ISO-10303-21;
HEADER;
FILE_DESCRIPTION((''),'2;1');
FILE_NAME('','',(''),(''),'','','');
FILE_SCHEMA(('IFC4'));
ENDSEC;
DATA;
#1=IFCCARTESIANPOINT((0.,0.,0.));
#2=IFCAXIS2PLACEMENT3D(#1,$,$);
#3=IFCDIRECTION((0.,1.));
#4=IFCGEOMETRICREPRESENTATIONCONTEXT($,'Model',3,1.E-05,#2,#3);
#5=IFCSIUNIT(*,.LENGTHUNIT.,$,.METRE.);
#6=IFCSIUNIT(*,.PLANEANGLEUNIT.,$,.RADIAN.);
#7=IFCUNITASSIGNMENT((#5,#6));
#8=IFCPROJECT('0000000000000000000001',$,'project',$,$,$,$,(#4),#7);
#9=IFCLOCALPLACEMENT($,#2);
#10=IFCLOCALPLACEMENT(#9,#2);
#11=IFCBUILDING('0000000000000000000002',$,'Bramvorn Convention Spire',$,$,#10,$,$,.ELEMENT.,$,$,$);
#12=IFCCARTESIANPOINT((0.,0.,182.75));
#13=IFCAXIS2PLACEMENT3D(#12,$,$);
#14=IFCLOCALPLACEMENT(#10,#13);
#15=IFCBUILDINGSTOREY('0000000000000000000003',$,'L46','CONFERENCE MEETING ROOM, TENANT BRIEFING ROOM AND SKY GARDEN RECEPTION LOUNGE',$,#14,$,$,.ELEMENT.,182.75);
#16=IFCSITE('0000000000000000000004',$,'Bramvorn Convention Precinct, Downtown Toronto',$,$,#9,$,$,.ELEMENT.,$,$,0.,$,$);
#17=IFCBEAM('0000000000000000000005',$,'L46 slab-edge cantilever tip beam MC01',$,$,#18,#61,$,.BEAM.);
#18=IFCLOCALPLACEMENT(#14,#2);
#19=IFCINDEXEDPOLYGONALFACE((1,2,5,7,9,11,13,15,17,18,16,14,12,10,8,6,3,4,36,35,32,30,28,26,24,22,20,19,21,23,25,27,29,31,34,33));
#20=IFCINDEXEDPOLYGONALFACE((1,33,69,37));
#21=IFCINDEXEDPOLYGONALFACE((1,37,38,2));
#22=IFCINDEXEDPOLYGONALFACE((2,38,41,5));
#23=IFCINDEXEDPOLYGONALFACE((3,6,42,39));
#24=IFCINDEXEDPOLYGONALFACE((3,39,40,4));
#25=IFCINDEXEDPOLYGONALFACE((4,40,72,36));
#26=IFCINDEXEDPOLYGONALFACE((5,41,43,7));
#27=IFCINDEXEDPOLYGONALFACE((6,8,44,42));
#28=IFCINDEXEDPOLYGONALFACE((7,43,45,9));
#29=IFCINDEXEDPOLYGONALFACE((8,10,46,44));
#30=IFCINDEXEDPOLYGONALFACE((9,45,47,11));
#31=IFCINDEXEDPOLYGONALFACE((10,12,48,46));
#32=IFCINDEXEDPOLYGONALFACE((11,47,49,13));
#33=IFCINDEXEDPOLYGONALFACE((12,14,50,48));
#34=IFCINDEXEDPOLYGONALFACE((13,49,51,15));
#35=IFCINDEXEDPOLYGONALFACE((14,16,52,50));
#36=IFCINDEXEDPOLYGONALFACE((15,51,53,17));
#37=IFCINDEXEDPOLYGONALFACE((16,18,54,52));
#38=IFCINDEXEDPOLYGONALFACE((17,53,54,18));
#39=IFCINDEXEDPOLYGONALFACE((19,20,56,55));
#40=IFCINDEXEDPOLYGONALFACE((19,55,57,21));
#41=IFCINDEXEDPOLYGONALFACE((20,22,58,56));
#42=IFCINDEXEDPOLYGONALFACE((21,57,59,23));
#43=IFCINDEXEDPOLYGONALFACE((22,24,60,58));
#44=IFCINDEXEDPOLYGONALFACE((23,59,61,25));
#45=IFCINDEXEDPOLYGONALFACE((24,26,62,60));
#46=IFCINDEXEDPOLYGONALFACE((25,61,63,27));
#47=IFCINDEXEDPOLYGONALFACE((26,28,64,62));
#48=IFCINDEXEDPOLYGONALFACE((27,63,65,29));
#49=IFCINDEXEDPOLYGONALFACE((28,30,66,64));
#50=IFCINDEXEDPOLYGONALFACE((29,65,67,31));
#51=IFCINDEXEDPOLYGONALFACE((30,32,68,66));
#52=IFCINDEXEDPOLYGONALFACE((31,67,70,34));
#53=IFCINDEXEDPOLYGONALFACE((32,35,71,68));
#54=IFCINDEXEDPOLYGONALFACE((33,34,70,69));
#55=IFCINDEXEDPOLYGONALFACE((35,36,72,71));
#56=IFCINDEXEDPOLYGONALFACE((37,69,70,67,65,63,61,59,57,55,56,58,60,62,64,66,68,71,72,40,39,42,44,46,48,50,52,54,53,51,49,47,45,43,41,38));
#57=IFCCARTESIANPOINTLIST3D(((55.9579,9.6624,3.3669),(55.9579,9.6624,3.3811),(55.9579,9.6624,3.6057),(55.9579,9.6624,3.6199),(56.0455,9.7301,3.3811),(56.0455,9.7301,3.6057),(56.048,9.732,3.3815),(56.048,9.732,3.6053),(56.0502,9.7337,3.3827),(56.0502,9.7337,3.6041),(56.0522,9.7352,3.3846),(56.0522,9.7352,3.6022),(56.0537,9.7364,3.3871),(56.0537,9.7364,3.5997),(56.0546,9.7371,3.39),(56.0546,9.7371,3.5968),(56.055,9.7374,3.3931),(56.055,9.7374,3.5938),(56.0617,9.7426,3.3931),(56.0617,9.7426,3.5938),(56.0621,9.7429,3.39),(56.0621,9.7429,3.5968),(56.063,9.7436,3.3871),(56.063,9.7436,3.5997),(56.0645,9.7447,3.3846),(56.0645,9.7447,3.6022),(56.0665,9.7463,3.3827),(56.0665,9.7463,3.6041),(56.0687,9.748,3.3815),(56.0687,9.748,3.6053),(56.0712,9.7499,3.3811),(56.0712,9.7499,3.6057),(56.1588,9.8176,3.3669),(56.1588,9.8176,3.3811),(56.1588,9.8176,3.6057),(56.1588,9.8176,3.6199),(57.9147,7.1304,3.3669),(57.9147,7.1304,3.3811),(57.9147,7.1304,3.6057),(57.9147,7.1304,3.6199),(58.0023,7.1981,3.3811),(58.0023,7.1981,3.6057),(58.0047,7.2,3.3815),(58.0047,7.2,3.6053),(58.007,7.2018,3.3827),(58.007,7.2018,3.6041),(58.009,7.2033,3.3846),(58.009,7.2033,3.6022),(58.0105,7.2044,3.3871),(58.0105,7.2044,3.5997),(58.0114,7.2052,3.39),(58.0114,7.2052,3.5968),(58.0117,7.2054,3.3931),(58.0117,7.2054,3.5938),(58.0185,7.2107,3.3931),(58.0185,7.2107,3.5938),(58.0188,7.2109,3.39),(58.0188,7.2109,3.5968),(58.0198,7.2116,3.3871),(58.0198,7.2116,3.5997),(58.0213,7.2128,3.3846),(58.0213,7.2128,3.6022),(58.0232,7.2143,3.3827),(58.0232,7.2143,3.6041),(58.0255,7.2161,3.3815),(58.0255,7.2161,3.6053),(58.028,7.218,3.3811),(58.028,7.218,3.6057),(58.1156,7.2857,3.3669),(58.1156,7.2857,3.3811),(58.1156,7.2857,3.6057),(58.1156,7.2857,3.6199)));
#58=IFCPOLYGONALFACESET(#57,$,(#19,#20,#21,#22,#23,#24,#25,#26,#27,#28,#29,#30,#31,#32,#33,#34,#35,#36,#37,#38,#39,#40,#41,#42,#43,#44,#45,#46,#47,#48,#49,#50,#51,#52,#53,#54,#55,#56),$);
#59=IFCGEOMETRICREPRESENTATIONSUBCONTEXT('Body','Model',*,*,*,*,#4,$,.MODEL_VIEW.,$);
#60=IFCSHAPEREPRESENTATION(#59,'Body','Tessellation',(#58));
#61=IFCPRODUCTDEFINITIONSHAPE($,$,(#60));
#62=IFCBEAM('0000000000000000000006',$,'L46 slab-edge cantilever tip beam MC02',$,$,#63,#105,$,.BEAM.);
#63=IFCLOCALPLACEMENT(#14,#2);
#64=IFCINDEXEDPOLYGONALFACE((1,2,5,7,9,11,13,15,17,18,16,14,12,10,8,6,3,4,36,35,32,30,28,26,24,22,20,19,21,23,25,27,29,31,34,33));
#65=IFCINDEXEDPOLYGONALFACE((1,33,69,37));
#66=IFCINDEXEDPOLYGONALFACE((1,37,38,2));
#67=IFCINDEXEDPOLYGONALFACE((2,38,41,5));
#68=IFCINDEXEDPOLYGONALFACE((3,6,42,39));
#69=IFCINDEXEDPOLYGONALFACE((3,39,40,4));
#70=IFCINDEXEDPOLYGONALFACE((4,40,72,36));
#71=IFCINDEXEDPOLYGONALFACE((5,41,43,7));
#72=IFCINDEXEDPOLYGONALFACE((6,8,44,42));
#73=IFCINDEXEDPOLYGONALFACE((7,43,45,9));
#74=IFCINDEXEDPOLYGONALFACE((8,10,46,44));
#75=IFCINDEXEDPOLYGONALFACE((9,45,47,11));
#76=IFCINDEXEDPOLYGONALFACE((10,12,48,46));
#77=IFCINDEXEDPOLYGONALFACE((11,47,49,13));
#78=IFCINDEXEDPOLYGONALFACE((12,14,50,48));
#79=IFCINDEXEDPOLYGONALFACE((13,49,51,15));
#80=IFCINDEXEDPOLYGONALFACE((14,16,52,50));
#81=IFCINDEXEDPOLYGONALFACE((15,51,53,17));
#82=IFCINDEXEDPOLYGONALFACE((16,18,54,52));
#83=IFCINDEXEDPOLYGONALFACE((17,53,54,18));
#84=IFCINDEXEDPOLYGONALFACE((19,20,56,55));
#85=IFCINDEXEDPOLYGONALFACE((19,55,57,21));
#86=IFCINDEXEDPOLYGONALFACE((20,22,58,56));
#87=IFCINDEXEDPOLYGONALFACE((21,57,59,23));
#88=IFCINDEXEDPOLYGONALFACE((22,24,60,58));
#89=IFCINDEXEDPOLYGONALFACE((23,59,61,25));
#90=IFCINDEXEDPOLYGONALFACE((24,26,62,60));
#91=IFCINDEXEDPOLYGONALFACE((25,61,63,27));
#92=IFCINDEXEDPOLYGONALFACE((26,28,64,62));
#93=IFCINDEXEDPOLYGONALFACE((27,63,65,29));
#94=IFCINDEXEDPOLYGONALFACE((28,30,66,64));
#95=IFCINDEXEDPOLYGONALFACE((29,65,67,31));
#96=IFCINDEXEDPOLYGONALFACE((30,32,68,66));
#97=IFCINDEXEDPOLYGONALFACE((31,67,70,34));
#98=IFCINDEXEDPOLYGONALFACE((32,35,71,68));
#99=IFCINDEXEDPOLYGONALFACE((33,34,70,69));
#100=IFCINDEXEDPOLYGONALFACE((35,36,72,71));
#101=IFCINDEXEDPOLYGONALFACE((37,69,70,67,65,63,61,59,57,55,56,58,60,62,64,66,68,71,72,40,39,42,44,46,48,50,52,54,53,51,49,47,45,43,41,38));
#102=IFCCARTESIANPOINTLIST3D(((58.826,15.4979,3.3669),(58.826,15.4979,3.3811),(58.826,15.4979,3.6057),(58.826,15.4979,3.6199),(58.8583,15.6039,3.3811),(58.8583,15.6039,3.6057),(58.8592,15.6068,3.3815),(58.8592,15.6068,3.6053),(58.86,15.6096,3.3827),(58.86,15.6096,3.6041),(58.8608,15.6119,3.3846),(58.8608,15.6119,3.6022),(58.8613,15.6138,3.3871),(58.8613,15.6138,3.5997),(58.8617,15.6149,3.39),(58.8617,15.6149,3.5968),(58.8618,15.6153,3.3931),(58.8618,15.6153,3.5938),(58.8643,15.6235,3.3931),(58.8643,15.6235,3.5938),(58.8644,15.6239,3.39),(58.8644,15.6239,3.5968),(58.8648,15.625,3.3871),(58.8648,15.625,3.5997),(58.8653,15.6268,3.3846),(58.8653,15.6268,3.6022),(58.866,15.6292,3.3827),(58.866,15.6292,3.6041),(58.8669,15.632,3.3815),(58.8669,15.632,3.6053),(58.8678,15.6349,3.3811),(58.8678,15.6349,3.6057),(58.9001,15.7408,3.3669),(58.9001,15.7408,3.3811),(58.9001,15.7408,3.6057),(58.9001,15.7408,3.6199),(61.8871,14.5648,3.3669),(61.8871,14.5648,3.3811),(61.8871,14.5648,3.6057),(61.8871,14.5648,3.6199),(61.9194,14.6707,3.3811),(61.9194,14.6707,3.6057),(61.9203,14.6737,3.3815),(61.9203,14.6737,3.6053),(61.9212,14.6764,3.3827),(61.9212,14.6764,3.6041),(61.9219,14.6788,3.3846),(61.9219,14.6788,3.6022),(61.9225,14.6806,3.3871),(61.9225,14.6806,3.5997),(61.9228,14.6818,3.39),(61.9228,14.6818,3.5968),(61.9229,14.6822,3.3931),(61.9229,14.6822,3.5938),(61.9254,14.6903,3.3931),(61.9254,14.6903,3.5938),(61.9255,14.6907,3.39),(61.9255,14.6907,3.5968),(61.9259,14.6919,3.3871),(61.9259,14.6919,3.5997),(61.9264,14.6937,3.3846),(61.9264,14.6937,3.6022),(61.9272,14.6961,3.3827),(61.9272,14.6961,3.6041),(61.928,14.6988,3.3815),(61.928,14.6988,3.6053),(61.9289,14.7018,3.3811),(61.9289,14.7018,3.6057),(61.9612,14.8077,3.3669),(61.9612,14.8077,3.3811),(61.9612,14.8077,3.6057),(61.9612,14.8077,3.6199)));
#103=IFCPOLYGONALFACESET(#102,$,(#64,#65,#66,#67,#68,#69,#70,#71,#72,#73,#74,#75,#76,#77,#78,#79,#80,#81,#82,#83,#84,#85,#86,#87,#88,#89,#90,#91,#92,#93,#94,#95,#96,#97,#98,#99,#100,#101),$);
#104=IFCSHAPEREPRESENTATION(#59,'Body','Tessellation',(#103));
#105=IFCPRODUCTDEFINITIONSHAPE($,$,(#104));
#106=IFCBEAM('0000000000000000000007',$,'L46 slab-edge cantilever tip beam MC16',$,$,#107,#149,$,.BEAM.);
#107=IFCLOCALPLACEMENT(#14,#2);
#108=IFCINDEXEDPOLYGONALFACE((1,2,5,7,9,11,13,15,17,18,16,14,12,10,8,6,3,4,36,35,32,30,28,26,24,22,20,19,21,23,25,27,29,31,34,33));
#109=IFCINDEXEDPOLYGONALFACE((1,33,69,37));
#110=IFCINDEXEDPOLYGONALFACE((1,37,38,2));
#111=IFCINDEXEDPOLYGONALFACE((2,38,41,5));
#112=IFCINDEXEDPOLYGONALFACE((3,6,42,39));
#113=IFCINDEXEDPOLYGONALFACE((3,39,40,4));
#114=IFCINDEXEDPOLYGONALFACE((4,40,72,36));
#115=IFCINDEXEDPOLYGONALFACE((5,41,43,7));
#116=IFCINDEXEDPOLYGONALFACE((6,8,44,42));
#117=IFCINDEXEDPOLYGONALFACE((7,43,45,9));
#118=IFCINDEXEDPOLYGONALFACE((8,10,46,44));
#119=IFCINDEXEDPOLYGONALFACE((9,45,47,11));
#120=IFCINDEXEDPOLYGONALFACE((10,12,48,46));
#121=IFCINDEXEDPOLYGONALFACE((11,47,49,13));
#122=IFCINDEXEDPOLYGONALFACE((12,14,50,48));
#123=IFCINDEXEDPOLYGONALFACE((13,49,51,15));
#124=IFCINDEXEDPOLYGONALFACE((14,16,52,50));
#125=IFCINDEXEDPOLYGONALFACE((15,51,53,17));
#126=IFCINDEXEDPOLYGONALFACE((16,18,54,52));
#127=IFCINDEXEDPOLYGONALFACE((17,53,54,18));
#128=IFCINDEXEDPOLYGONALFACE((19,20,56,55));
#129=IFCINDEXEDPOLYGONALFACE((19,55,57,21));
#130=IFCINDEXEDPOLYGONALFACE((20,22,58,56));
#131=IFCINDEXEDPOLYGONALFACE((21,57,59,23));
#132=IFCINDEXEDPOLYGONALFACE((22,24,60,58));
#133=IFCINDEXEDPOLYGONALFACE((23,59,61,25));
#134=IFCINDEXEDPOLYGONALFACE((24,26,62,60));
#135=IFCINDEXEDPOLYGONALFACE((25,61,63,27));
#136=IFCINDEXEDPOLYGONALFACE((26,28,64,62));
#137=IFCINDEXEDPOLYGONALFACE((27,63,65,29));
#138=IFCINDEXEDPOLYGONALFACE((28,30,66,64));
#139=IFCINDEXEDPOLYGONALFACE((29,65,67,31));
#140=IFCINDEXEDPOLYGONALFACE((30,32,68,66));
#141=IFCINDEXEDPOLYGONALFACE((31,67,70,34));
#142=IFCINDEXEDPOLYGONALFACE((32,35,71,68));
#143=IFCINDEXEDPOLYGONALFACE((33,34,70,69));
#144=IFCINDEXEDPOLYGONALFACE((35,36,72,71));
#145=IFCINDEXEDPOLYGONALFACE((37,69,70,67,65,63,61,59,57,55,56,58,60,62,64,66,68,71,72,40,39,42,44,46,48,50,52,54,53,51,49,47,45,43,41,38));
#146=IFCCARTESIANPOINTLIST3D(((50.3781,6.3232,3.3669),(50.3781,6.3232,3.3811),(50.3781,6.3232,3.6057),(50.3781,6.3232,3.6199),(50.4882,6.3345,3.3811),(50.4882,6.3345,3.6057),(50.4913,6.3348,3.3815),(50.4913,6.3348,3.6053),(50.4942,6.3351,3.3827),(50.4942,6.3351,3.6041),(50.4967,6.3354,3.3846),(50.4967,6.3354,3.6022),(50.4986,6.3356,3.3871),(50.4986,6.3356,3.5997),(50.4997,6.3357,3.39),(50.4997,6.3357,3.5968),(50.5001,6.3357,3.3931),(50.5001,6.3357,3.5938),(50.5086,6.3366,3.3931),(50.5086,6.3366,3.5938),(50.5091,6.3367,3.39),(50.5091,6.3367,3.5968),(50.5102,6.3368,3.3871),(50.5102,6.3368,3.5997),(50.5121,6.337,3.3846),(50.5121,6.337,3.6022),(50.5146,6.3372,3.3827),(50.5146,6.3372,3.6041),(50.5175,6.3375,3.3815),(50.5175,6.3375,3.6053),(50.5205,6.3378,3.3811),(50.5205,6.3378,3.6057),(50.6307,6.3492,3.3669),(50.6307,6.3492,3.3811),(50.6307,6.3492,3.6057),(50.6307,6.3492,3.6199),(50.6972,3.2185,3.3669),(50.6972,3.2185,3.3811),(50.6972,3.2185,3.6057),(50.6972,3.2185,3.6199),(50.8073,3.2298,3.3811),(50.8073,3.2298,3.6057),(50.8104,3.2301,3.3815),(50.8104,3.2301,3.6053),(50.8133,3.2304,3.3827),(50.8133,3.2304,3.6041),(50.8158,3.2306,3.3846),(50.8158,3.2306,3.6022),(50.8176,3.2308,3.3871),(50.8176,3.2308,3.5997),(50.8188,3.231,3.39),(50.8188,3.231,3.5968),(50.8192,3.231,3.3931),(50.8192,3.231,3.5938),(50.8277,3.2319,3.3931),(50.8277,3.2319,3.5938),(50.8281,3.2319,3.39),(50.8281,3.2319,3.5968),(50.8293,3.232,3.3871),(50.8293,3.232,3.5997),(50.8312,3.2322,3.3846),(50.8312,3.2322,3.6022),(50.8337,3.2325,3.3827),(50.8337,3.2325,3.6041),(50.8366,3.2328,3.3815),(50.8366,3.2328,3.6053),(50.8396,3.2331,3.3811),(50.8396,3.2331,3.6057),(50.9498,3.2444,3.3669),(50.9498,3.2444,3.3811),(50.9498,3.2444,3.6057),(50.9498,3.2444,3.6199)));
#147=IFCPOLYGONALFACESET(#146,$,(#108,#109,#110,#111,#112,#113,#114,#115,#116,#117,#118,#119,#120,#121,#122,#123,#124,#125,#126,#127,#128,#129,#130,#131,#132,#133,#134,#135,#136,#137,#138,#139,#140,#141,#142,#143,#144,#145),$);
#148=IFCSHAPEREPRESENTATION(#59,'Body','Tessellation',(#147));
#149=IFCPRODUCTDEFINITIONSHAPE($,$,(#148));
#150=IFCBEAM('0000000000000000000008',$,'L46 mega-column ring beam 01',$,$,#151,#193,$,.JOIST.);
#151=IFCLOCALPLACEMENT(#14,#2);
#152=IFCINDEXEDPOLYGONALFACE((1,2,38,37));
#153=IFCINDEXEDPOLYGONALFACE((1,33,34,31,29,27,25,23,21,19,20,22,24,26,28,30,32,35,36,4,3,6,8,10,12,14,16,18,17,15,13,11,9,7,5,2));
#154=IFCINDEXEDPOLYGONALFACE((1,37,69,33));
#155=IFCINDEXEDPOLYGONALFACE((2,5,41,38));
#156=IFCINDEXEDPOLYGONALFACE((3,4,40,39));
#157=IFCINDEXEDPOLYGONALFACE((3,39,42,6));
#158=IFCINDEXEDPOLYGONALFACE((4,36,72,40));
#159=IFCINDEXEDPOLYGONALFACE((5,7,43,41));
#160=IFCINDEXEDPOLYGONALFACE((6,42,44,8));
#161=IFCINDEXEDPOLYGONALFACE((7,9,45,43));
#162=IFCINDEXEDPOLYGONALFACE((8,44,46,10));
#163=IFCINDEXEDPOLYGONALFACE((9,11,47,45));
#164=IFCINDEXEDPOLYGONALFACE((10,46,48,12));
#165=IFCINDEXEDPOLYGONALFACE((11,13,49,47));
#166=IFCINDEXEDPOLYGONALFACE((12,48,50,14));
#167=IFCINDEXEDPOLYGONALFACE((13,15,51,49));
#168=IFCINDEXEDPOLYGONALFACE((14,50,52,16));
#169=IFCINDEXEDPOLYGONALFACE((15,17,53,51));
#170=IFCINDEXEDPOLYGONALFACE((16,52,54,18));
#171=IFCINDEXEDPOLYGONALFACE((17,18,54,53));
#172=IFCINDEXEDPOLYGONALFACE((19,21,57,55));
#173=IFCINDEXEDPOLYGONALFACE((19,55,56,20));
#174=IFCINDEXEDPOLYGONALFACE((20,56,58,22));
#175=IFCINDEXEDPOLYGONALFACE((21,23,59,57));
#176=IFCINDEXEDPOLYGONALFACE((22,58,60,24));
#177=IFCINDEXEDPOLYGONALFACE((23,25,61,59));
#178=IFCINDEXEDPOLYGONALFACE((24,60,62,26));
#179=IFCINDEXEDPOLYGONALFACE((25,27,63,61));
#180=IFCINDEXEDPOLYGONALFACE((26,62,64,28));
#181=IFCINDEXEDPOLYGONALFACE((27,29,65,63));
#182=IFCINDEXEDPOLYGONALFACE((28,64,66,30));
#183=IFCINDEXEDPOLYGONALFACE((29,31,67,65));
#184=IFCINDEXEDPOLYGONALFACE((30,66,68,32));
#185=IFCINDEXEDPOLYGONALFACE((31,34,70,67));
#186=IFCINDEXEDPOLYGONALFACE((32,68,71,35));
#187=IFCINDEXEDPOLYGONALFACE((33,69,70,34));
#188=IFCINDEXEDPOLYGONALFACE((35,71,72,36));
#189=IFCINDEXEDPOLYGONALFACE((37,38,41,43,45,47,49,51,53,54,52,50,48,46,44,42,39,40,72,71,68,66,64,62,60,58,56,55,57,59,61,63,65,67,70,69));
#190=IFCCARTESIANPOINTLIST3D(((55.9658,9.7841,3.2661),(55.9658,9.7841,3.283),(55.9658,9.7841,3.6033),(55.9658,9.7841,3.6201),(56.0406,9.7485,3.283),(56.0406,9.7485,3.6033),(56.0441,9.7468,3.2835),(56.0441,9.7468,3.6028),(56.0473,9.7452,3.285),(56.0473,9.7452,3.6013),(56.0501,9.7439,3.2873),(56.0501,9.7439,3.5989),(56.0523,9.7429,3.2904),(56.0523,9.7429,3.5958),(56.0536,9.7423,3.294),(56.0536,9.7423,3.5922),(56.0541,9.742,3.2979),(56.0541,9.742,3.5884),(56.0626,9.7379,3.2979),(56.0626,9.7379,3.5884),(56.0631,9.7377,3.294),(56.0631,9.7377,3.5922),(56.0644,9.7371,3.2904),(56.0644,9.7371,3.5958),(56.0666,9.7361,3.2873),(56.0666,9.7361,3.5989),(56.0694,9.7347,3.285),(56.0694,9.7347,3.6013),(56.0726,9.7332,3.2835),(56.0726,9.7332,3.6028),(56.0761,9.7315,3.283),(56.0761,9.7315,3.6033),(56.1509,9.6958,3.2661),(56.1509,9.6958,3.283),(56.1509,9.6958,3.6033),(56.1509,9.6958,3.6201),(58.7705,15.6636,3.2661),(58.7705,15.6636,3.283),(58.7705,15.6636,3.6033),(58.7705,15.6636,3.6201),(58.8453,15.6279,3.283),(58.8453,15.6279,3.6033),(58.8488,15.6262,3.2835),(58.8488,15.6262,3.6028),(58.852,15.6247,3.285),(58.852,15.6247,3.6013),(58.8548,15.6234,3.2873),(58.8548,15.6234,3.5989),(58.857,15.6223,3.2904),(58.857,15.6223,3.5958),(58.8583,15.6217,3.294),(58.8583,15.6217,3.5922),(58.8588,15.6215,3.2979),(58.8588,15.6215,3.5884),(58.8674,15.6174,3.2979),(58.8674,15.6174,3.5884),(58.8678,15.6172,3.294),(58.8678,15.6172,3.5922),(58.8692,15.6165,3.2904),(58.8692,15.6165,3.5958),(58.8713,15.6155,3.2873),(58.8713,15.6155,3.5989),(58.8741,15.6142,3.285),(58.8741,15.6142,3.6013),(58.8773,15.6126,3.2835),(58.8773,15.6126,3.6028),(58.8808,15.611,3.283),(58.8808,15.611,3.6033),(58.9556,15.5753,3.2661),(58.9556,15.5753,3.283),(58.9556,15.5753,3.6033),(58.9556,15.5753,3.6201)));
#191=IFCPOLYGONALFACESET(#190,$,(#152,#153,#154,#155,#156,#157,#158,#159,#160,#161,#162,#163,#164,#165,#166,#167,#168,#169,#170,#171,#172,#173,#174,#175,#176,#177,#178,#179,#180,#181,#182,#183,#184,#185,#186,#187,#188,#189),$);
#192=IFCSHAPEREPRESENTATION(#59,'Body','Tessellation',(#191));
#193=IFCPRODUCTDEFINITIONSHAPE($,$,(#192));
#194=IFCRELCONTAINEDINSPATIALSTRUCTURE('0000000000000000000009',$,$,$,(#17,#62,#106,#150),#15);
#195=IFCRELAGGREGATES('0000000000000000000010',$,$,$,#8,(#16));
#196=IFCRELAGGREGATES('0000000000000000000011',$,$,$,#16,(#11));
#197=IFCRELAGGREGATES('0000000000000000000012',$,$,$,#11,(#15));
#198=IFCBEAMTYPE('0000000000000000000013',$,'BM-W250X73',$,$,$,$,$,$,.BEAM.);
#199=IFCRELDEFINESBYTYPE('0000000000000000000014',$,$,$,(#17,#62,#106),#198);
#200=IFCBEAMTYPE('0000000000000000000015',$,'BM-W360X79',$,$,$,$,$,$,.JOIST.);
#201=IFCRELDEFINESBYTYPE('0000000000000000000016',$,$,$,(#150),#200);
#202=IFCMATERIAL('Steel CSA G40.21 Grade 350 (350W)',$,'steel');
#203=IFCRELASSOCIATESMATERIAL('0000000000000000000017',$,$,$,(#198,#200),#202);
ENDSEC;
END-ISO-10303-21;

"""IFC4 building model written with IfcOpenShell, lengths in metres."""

from ifc_helpers import new_model, si_unit, direction, frame, origin, origin_2d, place, context, subcontext, project, spatial, i_section, extrude, material, material_profile, profile_set, type_object, element, save


model = new_model("IFC4")

# Units and contexts
model_context = context("Model", 3, precision=1e-05, world=origin(), true_north=direction((0.0, 1.0)))
body_context = subcontext(model_context, "Body", "Model", "MODEL_VIEW")
ifc_project = project(units=[si_unit("LENGTHUNIT", "METRE"), si_unit("PLANEANGLEUNIT", "RADIAN")], contexts=[model_context])

# Site, building, storey
site_placement = place(None, origin())
site = spatial("IfcSite", under=ifc_project, at=site_placement, Name="Bramvorn Convention Precinct, Downtown Toronto", CompositionType="ELEMENT", RefElevation=0.0)
building_placement = place(site_placement, origin())
building = spatial("IfcBuilding", under=site, at=building_placement, Name="Bramvorn Convention Spire", CompositionType="ELEMENT")
storey_placement = place(building_placement, frame((0.0, 0.0, 182.75)))
storey = spatial("IfcBuildingStorey", under=building, at=storey_placement, Name="L46", Description="CONFERENCE MEETING ROOM, TENANT BRIEFING ROOM AND SKY GARDEN RECEPTION LOUNGE", CompositionType="ELEMENT", Elevation=182.75)

# Shared definitions
ifc_material_1 = material(Name="Steel CSA G40.21 Grade 350 (350W)", Category="steel")

# Beams
ifc_material_profile_1 = material_profile(ifc_material_1, i_section(OverallWidth=0.2539, OverallDepth=0.2529, WebThickness=0.0085, FlangeThickness=0.0142, FilletRadius=0.012, at=origin_2d()))
ifc_profile_set_1 = profile_set([ifc_material_profile_1], Name="Steel CSA G40.21 Grade 350 (350W) - W250X73")
beam_type_1 = type_object("IfcBeamType", Name="BM-W250X73", PredefinedType="BEAM", material=ifc_profile_set_1)
beam_1_placement = place(storey_placement, frame((56.0583, 9.74, 3.4934), z_axis=(0.611497, -0.791246, 0.0), x_axis=(0.791246, 0.611497, 0.0)))
element("IfcBeam", 1, at=beam_1_placement, inside=storey, type_object=beam_type_1, Name="L46 slab-edge cantilever tip beam MC01", PredefinedType="BEAM", context=body_context, shape_type="SweptSolid", body=[
    extrude(i_section(OverallWidth=0.2539, OverallDepth=0.2529, WebThickness=0.0085, FlangeThickness=0.0142, FilletRadius=0.012, at=origin_2d()), origin(), (0.0, 0.0, 1.0), 3.2),
])
beam_2_placement = place(storey_placement, frame((58.863, 15.6194, 3.4934), z_axis=(0.956544, -0.291587, 0.0), x_axis=(0.291587, 0.956544, 0.0)))
element("IfcBeam", 2, at=beam_2_placement, inside=storey, type_object=beam_type_1, Name="L46 slab-edge cantilever tip beam MC02", PredefinedType="BEAM", context=body_context, shape_type="SweptSolid", body=[
    extrude(i_section(OverallWidth=0.2539, OverallDepth=0.2529, WebThickness=0.0085, FlangeThickness=0.0142, FilletRadius=0.012, at=origin_2d()), origin(), (0.0, 0.0, 1.0), 3.2002),
])
beam_3_placement = place(storey_placement, frame((50.5044, 6.3362, 3.4934), z_axis=(0.102237, -0.99476, 0.0), x_axis=(0.99476, 0.102237, 0.0)))
element("IfcBeam", 3, at=beam_3_placement, inside=storey, type_object=beam_type_1, Name="L46 slab-edge cantilever tip beam MC16", PredefinedType="BEAM", context=body_context, shape_type="SweptSolid", body=[
    extrude(i_section(OverallWidth=0.2539, OverallDepth=0.2529, WebThickness=0.0085, FlangeThickness=0.0142, FilletRadius=0.012, at=origin_2d()), origin(), (0.0, 0.0, 1.0), 3.1211),
])
ifc_material_profile_2 = material_profile(ifc_material_1, i_section(OverallWidth=0.2051, OverallDepth=0.354, WebThickness=0.0095, FlangeThickness=0.0168, FilletRadius=0.0149, at=origin_2d()))
ifc_profile_set_2 = profile_set([ifc_material_profile_2], Name="Steel CSA G40.21 Grade 350 (350W) - W360X79")
beam_type_2 = type_object("IfcBeamType", Name="BM-W360X79", PredefinedType="JOIST", material=ifc_profile_set_2)
beam_4_placement = place(storey_placement, frame((56.0583, 9.74, 3.4431), z_axis=(0.430556, 0.902564, 0.0), x_axis=(-0.902564, 0.430556, 0.0)))
element("IfcBeam", 4, at=beam_4_placement, inside=storey, type_object=beam_type_2, Name="L46 mega-column ring beam 01", PredefinedType="JOIST", context=body_context, shape_type="SweptSolid", body=[
    extrude(i_section(OverallWidth=0.2051, OverallDepth=0.354, WebThickness=0.0095, FlangeThickness=0.0168, FilletRadius=0.0149, at=origin_2d()), origin(), (0.0, 0.0, 1.0), 6.5142),
])

save(model, "model.ifc")
